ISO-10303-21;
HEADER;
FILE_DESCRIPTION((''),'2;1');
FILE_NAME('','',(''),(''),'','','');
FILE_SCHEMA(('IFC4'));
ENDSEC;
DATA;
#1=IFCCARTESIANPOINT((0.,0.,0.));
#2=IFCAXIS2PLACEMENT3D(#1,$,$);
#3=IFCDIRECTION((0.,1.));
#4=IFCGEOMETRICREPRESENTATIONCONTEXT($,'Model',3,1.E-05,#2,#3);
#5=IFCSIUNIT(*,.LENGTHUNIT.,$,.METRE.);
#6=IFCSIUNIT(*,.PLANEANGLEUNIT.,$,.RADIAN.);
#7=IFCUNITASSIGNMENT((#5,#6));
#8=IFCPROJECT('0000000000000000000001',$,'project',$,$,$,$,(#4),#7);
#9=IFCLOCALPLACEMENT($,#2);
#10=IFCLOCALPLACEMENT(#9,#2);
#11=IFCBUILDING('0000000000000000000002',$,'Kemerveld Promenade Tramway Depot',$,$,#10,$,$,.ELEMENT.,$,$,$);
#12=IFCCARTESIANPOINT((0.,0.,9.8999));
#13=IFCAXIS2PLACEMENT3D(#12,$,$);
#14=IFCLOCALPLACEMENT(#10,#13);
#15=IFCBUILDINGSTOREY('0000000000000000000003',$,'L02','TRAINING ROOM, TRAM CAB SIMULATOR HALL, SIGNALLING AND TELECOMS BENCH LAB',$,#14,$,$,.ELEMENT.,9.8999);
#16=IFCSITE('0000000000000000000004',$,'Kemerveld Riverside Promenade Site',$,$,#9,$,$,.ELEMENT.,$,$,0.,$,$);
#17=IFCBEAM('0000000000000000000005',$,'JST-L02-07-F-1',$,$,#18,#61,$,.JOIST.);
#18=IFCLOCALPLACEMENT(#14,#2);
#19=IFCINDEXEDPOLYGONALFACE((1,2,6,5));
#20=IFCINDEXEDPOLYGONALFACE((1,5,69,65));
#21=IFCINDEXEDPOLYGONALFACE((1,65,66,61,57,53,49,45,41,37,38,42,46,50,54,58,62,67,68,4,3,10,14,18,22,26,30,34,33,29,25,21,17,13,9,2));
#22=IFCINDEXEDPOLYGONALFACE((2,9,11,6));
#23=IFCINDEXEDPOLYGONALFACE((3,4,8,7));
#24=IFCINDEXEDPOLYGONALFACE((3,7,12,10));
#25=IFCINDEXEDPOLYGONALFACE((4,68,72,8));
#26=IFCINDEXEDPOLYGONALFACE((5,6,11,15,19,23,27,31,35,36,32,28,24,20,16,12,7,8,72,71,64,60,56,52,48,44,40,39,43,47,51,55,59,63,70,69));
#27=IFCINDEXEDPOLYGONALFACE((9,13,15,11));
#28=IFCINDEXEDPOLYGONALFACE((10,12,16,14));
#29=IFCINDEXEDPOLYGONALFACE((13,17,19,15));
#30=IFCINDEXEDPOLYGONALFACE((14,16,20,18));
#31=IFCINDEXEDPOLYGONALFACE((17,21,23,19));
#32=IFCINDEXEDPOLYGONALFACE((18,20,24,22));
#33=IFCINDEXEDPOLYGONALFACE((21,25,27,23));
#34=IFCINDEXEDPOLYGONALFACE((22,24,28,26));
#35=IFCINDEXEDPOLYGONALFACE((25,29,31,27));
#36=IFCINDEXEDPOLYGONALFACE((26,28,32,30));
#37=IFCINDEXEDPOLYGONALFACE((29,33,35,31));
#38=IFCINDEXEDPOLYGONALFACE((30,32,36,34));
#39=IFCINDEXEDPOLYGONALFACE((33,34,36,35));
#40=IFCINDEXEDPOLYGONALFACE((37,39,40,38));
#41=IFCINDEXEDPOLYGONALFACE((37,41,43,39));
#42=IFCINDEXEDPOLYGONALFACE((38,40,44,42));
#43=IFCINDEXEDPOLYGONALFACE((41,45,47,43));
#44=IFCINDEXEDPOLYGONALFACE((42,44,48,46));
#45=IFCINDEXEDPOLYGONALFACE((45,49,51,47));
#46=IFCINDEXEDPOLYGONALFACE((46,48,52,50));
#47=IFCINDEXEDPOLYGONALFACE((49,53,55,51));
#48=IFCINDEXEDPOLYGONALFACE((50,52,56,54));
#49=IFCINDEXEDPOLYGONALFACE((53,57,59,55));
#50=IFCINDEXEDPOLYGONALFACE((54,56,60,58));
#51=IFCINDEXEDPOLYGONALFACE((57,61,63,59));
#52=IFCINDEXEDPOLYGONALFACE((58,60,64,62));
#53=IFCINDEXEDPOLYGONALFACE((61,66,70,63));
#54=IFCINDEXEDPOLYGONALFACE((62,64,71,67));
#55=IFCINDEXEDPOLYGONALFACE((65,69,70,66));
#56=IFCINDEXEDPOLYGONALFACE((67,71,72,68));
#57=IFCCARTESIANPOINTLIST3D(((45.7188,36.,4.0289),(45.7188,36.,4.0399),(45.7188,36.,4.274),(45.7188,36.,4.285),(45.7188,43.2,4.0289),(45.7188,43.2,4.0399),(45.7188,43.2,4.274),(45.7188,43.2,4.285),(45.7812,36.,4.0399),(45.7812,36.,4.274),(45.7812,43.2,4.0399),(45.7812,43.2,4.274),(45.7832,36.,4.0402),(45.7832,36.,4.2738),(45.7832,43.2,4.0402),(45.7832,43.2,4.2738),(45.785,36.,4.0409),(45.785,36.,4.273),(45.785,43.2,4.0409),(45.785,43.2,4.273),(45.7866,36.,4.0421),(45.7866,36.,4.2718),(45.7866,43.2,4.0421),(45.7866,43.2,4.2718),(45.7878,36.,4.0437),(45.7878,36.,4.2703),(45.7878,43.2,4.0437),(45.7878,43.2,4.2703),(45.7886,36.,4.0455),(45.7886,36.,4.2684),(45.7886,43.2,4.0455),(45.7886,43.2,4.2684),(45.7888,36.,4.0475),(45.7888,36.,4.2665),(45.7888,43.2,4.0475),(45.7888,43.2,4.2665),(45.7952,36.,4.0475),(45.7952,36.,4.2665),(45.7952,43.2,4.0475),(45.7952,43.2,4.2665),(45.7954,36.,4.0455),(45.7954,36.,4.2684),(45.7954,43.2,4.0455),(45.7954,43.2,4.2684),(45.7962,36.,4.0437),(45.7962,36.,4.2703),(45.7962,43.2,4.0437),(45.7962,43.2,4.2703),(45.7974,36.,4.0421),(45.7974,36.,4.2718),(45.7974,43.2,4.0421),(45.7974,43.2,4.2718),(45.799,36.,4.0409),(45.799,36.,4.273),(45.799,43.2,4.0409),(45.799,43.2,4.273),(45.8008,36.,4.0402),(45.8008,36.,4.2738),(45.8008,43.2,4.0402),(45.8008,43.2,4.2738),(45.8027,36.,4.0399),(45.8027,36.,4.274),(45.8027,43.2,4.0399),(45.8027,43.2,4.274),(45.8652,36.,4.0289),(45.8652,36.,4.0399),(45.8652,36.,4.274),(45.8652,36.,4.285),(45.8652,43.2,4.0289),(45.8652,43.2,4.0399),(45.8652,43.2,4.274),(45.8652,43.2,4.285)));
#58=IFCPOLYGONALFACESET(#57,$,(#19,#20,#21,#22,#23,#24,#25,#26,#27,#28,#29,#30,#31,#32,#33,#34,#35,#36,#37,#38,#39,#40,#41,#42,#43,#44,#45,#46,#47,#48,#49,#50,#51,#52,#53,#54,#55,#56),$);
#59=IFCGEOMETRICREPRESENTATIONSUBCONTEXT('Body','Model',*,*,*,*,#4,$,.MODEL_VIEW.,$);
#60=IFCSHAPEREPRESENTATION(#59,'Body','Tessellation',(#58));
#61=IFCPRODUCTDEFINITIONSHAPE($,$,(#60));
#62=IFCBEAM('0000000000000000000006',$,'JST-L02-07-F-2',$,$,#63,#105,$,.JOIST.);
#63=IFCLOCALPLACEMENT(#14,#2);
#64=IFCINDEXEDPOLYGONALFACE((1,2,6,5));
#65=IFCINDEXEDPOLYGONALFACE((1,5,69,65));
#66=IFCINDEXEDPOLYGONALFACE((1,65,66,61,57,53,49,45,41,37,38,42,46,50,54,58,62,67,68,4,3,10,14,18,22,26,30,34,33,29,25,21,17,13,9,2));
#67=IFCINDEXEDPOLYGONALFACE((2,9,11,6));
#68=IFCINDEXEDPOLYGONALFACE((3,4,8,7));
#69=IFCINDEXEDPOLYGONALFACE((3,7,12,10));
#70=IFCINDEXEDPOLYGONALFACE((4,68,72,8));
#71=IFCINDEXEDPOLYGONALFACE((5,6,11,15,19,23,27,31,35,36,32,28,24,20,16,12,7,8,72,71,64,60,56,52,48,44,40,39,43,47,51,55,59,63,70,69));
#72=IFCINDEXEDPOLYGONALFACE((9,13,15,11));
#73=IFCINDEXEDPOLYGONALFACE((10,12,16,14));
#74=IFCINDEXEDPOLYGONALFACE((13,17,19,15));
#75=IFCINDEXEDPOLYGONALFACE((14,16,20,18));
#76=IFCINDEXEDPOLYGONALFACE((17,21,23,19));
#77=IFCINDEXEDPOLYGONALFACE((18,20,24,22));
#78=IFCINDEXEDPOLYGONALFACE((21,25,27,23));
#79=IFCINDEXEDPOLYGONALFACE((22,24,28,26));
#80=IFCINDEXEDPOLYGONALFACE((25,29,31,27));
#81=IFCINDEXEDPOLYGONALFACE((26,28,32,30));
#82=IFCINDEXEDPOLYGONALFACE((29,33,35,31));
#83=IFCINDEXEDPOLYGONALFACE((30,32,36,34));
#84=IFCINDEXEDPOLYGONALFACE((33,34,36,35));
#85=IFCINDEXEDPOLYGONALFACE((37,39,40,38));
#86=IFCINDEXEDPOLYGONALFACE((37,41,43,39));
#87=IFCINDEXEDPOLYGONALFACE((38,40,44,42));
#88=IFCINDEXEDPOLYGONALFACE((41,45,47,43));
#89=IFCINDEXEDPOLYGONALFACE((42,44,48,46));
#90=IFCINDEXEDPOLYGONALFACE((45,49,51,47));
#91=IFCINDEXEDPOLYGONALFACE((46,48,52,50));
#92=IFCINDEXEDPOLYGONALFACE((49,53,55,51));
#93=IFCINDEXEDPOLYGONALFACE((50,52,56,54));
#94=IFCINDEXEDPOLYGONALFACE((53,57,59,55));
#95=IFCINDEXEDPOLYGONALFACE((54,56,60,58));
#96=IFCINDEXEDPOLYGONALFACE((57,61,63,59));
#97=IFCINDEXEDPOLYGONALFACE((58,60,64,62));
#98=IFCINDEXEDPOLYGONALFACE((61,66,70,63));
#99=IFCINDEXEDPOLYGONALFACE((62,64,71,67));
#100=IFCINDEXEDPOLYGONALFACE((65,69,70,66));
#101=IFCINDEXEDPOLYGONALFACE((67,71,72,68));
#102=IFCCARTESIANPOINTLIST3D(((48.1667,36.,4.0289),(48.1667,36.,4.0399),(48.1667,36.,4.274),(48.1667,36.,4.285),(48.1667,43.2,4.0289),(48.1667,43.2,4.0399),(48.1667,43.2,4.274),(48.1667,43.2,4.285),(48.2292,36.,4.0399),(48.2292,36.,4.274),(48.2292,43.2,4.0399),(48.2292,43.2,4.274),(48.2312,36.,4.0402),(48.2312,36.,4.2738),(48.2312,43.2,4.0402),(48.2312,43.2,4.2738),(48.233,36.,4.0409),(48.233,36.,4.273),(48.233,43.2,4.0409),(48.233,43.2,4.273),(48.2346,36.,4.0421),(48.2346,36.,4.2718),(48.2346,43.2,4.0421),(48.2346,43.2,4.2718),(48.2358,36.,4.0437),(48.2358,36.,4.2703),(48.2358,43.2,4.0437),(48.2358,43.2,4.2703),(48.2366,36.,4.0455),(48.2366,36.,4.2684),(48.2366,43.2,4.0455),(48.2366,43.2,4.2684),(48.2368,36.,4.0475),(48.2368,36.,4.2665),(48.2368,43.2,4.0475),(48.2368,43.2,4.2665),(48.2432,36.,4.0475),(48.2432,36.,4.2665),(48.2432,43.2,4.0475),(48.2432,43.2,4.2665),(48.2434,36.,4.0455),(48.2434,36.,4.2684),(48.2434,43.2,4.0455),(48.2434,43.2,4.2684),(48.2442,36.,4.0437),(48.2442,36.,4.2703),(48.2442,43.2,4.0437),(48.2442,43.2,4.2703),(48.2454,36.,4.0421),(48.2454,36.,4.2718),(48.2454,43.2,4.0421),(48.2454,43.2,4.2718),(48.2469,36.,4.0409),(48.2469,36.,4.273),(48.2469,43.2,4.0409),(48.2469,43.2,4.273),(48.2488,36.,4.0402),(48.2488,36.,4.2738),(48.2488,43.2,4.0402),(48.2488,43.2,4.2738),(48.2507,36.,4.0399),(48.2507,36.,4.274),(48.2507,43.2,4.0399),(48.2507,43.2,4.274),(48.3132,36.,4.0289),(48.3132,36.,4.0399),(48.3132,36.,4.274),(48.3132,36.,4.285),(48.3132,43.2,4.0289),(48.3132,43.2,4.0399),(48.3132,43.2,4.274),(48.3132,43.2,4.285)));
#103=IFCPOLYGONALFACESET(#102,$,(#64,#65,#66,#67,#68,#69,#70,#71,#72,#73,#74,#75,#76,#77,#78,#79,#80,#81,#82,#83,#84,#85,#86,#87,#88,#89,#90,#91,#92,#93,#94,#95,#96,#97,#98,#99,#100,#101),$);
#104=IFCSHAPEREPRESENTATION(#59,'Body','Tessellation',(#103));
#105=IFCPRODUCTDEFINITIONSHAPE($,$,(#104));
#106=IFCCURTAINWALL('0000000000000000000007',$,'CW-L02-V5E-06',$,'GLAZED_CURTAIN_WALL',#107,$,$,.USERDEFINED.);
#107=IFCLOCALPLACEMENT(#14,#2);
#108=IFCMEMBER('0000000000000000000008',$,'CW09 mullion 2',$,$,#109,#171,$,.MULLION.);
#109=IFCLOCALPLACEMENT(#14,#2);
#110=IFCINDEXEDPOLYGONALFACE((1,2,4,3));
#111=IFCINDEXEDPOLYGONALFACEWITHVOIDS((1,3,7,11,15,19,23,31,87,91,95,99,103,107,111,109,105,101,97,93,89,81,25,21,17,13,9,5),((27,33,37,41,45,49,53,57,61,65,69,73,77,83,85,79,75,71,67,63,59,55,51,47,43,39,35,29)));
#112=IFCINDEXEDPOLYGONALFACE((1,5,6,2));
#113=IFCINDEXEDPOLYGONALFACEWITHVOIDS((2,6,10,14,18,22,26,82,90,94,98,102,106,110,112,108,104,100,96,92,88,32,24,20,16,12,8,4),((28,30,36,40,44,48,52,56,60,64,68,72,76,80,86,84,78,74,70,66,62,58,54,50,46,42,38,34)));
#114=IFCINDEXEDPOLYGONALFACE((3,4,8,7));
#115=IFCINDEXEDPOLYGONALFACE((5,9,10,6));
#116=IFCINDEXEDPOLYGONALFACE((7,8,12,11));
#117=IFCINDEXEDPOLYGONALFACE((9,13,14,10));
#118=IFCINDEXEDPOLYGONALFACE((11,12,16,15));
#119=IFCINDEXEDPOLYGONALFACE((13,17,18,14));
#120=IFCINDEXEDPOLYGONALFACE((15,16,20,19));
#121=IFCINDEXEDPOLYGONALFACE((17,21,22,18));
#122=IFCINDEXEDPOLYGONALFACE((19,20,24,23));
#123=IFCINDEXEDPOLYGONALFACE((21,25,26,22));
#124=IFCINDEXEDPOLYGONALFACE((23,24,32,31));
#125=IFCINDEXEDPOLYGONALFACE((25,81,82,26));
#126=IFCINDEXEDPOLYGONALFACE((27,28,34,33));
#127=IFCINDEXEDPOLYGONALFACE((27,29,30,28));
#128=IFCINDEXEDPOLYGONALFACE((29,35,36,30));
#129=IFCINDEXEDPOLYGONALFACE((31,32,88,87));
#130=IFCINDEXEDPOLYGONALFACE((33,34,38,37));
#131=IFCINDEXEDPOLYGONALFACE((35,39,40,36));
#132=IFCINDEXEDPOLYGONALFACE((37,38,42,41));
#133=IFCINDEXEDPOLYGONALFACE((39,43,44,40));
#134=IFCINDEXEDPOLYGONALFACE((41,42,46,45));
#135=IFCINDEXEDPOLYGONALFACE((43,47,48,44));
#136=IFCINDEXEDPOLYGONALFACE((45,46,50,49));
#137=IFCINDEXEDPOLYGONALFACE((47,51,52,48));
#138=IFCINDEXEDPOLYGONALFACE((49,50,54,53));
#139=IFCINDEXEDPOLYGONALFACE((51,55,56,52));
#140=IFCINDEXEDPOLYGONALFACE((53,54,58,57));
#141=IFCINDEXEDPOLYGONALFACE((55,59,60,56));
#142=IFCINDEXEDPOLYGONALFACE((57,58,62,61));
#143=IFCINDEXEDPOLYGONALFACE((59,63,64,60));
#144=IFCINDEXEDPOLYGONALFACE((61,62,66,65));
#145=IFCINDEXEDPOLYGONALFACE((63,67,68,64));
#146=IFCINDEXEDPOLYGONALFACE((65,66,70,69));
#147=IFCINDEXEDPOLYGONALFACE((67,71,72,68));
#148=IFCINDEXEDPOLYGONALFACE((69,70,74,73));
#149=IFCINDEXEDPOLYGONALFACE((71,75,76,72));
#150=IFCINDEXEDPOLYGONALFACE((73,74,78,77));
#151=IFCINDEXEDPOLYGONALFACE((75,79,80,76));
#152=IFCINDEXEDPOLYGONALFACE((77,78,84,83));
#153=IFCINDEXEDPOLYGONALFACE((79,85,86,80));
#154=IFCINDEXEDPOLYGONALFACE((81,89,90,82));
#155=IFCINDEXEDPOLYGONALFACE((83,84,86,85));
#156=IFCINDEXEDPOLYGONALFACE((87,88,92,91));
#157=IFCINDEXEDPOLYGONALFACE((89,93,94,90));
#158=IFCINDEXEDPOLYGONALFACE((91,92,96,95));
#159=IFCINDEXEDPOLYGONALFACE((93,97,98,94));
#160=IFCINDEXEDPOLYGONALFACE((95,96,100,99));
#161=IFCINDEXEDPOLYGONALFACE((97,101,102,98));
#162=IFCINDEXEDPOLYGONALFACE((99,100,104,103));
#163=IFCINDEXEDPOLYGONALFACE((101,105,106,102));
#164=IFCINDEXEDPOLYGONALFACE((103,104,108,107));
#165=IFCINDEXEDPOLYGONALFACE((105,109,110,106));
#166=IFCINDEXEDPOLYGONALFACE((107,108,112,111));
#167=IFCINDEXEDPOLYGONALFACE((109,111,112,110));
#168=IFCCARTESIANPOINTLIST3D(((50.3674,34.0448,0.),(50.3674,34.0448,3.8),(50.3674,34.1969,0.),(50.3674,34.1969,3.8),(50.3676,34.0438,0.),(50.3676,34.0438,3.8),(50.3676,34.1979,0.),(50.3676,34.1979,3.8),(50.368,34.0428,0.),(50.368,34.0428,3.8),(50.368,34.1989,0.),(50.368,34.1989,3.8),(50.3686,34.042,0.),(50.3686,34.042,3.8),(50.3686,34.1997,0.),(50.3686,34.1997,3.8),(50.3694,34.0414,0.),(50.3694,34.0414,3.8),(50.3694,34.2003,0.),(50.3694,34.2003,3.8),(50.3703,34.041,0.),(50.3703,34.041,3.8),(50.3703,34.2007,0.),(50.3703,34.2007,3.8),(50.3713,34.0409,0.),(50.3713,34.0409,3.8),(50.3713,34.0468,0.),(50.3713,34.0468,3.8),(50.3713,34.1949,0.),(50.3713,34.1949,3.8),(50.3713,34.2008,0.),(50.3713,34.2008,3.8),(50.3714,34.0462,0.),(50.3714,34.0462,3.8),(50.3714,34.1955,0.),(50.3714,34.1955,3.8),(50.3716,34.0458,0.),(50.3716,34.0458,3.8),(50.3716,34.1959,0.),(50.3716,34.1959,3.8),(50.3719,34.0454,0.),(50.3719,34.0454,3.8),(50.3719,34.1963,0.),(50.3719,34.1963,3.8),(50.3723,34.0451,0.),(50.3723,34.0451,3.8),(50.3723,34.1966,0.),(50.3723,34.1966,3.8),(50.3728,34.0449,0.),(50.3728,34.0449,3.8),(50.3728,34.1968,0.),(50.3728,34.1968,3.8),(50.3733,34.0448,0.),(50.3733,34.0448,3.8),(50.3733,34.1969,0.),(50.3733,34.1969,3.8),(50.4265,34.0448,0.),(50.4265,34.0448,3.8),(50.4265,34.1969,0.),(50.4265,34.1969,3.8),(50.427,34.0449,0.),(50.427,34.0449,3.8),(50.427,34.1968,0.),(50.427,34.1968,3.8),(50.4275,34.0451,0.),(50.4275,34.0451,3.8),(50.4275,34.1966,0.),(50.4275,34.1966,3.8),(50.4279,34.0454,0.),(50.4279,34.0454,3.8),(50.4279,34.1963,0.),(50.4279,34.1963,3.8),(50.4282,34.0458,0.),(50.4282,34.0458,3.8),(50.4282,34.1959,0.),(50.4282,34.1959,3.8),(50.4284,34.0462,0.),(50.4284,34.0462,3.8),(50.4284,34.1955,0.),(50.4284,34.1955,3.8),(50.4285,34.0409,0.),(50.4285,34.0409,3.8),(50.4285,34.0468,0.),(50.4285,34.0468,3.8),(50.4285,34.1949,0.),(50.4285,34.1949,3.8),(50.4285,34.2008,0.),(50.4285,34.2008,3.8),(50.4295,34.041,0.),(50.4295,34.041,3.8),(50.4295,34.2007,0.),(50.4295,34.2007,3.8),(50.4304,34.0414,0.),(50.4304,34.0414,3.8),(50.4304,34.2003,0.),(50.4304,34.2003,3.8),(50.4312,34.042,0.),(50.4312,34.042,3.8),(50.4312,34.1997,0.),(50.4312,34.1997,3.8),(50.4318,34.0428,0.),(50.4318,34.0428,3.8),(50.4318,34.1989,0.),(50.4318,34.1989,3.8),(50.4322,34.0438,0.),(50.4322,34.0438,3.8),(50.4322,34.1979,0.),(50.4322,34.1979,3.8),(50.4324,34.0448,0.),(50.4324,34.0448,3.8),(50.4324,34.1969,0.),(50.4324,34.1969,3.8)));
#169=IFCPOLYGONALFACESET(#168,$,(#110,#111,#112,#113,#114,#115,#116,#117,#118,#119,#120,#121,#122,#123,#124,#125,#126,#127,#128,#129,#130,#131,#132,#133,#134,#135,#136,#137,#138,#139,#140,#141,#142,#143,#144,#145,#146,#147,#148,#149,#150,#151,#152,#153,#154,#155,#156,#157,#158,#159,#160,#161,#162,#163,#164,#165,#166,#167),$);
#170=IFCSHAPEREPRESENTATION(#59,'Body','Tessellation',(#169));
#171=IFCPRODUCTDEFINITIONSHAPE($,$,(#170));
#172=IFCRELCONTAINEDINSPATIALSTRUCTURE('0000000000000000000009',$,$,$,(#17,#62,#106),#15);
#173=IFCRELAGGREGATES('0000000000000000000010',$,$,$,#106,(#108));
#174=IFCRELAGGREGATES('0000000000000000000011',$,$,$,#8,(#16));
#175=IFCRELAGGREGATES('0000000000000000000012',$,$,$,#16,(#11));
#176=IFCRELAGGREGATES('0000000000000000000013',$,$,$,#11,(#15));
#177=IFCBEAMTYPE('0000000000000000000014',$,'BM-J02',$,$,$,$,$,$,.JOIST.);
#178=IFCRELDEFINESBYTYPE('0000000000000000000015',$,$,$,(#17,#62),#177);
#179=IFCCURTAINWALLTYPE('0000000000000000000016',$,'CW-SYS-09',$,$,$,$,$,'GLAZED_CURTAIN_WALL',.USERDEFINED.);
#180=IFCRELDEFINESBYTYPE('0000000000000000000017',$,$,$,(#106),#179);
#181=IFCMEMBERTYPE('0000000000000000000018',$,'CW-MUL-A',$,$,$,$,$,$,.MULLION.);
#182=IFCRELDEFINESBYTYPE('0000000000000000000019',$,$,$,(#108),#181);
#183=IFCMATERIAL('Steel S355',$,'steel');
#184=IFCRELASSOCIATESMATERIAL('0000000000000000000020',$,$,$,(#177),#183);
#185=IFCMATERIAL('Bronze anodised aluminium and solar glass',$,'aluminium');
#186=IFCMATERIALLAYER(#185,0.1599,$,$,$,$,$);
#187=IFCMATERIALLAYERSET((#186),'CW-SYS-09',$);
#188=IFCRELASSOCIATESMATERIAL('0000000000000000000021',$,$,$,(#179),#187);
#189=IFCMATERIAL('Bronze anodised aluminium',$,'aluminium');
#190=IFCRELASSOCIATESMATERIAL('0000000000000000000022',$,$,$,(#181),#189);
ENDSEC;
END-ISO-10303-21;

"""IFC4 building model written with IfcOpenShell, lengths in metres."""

from ifc_helpers import new_model, si_unit, direction, frame, origin, origin_2d, place, context, subcontext, project, spatial, hollow_rectangle, i_section, extrude, material, layer, layer_set, material_profile, profile_set, type_object, element, aggregate, save


model = new_model("IFC4")

# Units and contexts
model_context = context("Model", 3, precision=1e-05, world=origin(), true_north=direction((0.0, 1.0)))
body_context = subcontext(model_context, "Body", "Model", "MODEL_VIEW")
ifc_project = project(units=[si_unit("LENGTHUNIT", "METRE"), si_unit("PLANEANGLEUNIT", "RADIAN")], contexts=[model_context])

# Site, building, storey
site_placement = place(None, origin())
site = spatial("IfcSite", under=ifc_project, at=site_placement, Name="Kemerveld Riverside Promenade Site", CompositionType="ELEMENT", RefElevation=0.0)
building_placement = place(site_placement, origin())
building = spatial("IfcBuilding", under=site, at=building_placement, Name="Kemerveld Promenade Tramway Depot", CompositionType="ELEMENT")
storey_placement = place(building_placement, frame((0.0, 0.0, 9.8999)))
storey = spatial("IfcBuildingStorey", under=building, at=storey_placement, Name="L02", Description="TRAINING ROOM, TRAM CAB SIMULATOR HALL, SIGNALLING AND TELECOMS BENCH LAB", CompositionType="ELEMENT", Elevation=9.8999)

# Shared definitions
ifc_material_1 = material(Name="Steel S355", Category="steel")

# Beams
ifc_material_profile_1 = material_profile(ifc_material_1, i_section(OverallWidth=0.1465, OverallDepth=0.2561, WebThickness=0.0063, FlangeThickness=0.011, FilletRadius=0.0076, at=origin_2d()), Name="254x146x37 UB")
ifc_profile_set_1 = profile_set([ifc_material_profile_1], Name="Steel S355")
beam_type_1 = type_object("IfcBeamType", Name="BM-J02", PredefinedType="JOIST", material=ifc_profile_set_1)
for number, where, z_axis, x_axis, name in (
    (1, (45.792, 36.0, 4.157), (0.0, 1.0, 0.0), (-1.0, 0.0, 0.0), "JST-L02-07-F-1"),
    (2, (48.24, 36.0, 4.157), (0.0, 1.0, 0.0), (-1.0, 0.0, 0.0), "JST-L02-07-F-2"),
):
    element("IfcBeam", number, at=place(storey_placement, frame(where, z_axis=z_axis, x_axis=x_axis)), inside=storey, type_object=beam_type_1, Name=name, PredefinedType="JOIST", context=body_context, shape_type="SweptSolid", body=[
        extrude(i_section(OverallWidth=0.1465, OverallDepth=0.2561, WebThickness=0.0063, FlangeThickness=0.011, FilletRadius=0.0076, at=origin_2d()), origin(), (0.0, 0.0, 1.0), 7.2),
    ])

# Curtain wall, member
ifc_material_2 = material(Name="Bronze anodised aluminium and solar glass", Category="aluminium")
ifc_layer_1 = layer(ifc_material_2, 0.1599)
ifc_layer_set_1 = layer_set([ifc_layer_1], Name="CW-SYS-09")
curtain_wall_type = type_object("IfcCurtainWallType", Name="CW-SYS-09", ElementType="GLAZED_CURTAIN_WALL", PredefinedType="USERDEFINED", material=ifc_layer_set_1)
curtain_wall_placement = place(storey_placement, origin())
curtain_wall = element("IfcCurtainWall", 3, at=curtain_wall_placement, inside=storey, type_object=curtain_wall_type, Name="CW-L02-V5E-06", ObjectType="GLAZED_CURTAIN_WALL", PredefinedType="USERDEFINED")
ifc_material_3 = material(Name="Bronze anodised aluminium", Category="aluminium")
ifc_material_profile_2 = material_profile(ifc_material_3, hollow_rectangle(XDim=0.0649, YDim=0.1599, WallThickness=0.0039, InnerFilletRadius=0.002, OuterFilletRadius=0.0039, at=origin_2d()), Name="CW-MUL-160x65")
ifc_profile_set_2 = profile_set([ifc_material_profile_2], Name="Bronze anodised aluminium")
member_type_1 = type_object("IfcMemberType", Name="CW-MUL-A", PredefinedType="MULLION", material=ifc_profile_set_2)
member_1_placement = place(storey_placement, frame((50.3999, 34.1208, 0.0), z_axis=(0.0, 0.0, 1.0), x_axis=(1.0, 0.0, 0.0)))
member_1 = element("IfcMember", 4, at=member_1_placement, type_object=member_type_1, Name="CW09 mullion 2", PredefinedType="MULLION", context=body_context, shape_type="SweptSolid", body=[
    extrude(hollow_rectangle(XDim=0.0649, YDim=0.1599, WallThickness=0.0039, InnerFilletRadius=0.002, OuterFilletRadius=0.0039, at=origin_2d()), origin(), (0.0, 0.0, 1.0), 3.8),
])
aggregate(curtain_wall, [member_1])

save(model, "model.ifc")
